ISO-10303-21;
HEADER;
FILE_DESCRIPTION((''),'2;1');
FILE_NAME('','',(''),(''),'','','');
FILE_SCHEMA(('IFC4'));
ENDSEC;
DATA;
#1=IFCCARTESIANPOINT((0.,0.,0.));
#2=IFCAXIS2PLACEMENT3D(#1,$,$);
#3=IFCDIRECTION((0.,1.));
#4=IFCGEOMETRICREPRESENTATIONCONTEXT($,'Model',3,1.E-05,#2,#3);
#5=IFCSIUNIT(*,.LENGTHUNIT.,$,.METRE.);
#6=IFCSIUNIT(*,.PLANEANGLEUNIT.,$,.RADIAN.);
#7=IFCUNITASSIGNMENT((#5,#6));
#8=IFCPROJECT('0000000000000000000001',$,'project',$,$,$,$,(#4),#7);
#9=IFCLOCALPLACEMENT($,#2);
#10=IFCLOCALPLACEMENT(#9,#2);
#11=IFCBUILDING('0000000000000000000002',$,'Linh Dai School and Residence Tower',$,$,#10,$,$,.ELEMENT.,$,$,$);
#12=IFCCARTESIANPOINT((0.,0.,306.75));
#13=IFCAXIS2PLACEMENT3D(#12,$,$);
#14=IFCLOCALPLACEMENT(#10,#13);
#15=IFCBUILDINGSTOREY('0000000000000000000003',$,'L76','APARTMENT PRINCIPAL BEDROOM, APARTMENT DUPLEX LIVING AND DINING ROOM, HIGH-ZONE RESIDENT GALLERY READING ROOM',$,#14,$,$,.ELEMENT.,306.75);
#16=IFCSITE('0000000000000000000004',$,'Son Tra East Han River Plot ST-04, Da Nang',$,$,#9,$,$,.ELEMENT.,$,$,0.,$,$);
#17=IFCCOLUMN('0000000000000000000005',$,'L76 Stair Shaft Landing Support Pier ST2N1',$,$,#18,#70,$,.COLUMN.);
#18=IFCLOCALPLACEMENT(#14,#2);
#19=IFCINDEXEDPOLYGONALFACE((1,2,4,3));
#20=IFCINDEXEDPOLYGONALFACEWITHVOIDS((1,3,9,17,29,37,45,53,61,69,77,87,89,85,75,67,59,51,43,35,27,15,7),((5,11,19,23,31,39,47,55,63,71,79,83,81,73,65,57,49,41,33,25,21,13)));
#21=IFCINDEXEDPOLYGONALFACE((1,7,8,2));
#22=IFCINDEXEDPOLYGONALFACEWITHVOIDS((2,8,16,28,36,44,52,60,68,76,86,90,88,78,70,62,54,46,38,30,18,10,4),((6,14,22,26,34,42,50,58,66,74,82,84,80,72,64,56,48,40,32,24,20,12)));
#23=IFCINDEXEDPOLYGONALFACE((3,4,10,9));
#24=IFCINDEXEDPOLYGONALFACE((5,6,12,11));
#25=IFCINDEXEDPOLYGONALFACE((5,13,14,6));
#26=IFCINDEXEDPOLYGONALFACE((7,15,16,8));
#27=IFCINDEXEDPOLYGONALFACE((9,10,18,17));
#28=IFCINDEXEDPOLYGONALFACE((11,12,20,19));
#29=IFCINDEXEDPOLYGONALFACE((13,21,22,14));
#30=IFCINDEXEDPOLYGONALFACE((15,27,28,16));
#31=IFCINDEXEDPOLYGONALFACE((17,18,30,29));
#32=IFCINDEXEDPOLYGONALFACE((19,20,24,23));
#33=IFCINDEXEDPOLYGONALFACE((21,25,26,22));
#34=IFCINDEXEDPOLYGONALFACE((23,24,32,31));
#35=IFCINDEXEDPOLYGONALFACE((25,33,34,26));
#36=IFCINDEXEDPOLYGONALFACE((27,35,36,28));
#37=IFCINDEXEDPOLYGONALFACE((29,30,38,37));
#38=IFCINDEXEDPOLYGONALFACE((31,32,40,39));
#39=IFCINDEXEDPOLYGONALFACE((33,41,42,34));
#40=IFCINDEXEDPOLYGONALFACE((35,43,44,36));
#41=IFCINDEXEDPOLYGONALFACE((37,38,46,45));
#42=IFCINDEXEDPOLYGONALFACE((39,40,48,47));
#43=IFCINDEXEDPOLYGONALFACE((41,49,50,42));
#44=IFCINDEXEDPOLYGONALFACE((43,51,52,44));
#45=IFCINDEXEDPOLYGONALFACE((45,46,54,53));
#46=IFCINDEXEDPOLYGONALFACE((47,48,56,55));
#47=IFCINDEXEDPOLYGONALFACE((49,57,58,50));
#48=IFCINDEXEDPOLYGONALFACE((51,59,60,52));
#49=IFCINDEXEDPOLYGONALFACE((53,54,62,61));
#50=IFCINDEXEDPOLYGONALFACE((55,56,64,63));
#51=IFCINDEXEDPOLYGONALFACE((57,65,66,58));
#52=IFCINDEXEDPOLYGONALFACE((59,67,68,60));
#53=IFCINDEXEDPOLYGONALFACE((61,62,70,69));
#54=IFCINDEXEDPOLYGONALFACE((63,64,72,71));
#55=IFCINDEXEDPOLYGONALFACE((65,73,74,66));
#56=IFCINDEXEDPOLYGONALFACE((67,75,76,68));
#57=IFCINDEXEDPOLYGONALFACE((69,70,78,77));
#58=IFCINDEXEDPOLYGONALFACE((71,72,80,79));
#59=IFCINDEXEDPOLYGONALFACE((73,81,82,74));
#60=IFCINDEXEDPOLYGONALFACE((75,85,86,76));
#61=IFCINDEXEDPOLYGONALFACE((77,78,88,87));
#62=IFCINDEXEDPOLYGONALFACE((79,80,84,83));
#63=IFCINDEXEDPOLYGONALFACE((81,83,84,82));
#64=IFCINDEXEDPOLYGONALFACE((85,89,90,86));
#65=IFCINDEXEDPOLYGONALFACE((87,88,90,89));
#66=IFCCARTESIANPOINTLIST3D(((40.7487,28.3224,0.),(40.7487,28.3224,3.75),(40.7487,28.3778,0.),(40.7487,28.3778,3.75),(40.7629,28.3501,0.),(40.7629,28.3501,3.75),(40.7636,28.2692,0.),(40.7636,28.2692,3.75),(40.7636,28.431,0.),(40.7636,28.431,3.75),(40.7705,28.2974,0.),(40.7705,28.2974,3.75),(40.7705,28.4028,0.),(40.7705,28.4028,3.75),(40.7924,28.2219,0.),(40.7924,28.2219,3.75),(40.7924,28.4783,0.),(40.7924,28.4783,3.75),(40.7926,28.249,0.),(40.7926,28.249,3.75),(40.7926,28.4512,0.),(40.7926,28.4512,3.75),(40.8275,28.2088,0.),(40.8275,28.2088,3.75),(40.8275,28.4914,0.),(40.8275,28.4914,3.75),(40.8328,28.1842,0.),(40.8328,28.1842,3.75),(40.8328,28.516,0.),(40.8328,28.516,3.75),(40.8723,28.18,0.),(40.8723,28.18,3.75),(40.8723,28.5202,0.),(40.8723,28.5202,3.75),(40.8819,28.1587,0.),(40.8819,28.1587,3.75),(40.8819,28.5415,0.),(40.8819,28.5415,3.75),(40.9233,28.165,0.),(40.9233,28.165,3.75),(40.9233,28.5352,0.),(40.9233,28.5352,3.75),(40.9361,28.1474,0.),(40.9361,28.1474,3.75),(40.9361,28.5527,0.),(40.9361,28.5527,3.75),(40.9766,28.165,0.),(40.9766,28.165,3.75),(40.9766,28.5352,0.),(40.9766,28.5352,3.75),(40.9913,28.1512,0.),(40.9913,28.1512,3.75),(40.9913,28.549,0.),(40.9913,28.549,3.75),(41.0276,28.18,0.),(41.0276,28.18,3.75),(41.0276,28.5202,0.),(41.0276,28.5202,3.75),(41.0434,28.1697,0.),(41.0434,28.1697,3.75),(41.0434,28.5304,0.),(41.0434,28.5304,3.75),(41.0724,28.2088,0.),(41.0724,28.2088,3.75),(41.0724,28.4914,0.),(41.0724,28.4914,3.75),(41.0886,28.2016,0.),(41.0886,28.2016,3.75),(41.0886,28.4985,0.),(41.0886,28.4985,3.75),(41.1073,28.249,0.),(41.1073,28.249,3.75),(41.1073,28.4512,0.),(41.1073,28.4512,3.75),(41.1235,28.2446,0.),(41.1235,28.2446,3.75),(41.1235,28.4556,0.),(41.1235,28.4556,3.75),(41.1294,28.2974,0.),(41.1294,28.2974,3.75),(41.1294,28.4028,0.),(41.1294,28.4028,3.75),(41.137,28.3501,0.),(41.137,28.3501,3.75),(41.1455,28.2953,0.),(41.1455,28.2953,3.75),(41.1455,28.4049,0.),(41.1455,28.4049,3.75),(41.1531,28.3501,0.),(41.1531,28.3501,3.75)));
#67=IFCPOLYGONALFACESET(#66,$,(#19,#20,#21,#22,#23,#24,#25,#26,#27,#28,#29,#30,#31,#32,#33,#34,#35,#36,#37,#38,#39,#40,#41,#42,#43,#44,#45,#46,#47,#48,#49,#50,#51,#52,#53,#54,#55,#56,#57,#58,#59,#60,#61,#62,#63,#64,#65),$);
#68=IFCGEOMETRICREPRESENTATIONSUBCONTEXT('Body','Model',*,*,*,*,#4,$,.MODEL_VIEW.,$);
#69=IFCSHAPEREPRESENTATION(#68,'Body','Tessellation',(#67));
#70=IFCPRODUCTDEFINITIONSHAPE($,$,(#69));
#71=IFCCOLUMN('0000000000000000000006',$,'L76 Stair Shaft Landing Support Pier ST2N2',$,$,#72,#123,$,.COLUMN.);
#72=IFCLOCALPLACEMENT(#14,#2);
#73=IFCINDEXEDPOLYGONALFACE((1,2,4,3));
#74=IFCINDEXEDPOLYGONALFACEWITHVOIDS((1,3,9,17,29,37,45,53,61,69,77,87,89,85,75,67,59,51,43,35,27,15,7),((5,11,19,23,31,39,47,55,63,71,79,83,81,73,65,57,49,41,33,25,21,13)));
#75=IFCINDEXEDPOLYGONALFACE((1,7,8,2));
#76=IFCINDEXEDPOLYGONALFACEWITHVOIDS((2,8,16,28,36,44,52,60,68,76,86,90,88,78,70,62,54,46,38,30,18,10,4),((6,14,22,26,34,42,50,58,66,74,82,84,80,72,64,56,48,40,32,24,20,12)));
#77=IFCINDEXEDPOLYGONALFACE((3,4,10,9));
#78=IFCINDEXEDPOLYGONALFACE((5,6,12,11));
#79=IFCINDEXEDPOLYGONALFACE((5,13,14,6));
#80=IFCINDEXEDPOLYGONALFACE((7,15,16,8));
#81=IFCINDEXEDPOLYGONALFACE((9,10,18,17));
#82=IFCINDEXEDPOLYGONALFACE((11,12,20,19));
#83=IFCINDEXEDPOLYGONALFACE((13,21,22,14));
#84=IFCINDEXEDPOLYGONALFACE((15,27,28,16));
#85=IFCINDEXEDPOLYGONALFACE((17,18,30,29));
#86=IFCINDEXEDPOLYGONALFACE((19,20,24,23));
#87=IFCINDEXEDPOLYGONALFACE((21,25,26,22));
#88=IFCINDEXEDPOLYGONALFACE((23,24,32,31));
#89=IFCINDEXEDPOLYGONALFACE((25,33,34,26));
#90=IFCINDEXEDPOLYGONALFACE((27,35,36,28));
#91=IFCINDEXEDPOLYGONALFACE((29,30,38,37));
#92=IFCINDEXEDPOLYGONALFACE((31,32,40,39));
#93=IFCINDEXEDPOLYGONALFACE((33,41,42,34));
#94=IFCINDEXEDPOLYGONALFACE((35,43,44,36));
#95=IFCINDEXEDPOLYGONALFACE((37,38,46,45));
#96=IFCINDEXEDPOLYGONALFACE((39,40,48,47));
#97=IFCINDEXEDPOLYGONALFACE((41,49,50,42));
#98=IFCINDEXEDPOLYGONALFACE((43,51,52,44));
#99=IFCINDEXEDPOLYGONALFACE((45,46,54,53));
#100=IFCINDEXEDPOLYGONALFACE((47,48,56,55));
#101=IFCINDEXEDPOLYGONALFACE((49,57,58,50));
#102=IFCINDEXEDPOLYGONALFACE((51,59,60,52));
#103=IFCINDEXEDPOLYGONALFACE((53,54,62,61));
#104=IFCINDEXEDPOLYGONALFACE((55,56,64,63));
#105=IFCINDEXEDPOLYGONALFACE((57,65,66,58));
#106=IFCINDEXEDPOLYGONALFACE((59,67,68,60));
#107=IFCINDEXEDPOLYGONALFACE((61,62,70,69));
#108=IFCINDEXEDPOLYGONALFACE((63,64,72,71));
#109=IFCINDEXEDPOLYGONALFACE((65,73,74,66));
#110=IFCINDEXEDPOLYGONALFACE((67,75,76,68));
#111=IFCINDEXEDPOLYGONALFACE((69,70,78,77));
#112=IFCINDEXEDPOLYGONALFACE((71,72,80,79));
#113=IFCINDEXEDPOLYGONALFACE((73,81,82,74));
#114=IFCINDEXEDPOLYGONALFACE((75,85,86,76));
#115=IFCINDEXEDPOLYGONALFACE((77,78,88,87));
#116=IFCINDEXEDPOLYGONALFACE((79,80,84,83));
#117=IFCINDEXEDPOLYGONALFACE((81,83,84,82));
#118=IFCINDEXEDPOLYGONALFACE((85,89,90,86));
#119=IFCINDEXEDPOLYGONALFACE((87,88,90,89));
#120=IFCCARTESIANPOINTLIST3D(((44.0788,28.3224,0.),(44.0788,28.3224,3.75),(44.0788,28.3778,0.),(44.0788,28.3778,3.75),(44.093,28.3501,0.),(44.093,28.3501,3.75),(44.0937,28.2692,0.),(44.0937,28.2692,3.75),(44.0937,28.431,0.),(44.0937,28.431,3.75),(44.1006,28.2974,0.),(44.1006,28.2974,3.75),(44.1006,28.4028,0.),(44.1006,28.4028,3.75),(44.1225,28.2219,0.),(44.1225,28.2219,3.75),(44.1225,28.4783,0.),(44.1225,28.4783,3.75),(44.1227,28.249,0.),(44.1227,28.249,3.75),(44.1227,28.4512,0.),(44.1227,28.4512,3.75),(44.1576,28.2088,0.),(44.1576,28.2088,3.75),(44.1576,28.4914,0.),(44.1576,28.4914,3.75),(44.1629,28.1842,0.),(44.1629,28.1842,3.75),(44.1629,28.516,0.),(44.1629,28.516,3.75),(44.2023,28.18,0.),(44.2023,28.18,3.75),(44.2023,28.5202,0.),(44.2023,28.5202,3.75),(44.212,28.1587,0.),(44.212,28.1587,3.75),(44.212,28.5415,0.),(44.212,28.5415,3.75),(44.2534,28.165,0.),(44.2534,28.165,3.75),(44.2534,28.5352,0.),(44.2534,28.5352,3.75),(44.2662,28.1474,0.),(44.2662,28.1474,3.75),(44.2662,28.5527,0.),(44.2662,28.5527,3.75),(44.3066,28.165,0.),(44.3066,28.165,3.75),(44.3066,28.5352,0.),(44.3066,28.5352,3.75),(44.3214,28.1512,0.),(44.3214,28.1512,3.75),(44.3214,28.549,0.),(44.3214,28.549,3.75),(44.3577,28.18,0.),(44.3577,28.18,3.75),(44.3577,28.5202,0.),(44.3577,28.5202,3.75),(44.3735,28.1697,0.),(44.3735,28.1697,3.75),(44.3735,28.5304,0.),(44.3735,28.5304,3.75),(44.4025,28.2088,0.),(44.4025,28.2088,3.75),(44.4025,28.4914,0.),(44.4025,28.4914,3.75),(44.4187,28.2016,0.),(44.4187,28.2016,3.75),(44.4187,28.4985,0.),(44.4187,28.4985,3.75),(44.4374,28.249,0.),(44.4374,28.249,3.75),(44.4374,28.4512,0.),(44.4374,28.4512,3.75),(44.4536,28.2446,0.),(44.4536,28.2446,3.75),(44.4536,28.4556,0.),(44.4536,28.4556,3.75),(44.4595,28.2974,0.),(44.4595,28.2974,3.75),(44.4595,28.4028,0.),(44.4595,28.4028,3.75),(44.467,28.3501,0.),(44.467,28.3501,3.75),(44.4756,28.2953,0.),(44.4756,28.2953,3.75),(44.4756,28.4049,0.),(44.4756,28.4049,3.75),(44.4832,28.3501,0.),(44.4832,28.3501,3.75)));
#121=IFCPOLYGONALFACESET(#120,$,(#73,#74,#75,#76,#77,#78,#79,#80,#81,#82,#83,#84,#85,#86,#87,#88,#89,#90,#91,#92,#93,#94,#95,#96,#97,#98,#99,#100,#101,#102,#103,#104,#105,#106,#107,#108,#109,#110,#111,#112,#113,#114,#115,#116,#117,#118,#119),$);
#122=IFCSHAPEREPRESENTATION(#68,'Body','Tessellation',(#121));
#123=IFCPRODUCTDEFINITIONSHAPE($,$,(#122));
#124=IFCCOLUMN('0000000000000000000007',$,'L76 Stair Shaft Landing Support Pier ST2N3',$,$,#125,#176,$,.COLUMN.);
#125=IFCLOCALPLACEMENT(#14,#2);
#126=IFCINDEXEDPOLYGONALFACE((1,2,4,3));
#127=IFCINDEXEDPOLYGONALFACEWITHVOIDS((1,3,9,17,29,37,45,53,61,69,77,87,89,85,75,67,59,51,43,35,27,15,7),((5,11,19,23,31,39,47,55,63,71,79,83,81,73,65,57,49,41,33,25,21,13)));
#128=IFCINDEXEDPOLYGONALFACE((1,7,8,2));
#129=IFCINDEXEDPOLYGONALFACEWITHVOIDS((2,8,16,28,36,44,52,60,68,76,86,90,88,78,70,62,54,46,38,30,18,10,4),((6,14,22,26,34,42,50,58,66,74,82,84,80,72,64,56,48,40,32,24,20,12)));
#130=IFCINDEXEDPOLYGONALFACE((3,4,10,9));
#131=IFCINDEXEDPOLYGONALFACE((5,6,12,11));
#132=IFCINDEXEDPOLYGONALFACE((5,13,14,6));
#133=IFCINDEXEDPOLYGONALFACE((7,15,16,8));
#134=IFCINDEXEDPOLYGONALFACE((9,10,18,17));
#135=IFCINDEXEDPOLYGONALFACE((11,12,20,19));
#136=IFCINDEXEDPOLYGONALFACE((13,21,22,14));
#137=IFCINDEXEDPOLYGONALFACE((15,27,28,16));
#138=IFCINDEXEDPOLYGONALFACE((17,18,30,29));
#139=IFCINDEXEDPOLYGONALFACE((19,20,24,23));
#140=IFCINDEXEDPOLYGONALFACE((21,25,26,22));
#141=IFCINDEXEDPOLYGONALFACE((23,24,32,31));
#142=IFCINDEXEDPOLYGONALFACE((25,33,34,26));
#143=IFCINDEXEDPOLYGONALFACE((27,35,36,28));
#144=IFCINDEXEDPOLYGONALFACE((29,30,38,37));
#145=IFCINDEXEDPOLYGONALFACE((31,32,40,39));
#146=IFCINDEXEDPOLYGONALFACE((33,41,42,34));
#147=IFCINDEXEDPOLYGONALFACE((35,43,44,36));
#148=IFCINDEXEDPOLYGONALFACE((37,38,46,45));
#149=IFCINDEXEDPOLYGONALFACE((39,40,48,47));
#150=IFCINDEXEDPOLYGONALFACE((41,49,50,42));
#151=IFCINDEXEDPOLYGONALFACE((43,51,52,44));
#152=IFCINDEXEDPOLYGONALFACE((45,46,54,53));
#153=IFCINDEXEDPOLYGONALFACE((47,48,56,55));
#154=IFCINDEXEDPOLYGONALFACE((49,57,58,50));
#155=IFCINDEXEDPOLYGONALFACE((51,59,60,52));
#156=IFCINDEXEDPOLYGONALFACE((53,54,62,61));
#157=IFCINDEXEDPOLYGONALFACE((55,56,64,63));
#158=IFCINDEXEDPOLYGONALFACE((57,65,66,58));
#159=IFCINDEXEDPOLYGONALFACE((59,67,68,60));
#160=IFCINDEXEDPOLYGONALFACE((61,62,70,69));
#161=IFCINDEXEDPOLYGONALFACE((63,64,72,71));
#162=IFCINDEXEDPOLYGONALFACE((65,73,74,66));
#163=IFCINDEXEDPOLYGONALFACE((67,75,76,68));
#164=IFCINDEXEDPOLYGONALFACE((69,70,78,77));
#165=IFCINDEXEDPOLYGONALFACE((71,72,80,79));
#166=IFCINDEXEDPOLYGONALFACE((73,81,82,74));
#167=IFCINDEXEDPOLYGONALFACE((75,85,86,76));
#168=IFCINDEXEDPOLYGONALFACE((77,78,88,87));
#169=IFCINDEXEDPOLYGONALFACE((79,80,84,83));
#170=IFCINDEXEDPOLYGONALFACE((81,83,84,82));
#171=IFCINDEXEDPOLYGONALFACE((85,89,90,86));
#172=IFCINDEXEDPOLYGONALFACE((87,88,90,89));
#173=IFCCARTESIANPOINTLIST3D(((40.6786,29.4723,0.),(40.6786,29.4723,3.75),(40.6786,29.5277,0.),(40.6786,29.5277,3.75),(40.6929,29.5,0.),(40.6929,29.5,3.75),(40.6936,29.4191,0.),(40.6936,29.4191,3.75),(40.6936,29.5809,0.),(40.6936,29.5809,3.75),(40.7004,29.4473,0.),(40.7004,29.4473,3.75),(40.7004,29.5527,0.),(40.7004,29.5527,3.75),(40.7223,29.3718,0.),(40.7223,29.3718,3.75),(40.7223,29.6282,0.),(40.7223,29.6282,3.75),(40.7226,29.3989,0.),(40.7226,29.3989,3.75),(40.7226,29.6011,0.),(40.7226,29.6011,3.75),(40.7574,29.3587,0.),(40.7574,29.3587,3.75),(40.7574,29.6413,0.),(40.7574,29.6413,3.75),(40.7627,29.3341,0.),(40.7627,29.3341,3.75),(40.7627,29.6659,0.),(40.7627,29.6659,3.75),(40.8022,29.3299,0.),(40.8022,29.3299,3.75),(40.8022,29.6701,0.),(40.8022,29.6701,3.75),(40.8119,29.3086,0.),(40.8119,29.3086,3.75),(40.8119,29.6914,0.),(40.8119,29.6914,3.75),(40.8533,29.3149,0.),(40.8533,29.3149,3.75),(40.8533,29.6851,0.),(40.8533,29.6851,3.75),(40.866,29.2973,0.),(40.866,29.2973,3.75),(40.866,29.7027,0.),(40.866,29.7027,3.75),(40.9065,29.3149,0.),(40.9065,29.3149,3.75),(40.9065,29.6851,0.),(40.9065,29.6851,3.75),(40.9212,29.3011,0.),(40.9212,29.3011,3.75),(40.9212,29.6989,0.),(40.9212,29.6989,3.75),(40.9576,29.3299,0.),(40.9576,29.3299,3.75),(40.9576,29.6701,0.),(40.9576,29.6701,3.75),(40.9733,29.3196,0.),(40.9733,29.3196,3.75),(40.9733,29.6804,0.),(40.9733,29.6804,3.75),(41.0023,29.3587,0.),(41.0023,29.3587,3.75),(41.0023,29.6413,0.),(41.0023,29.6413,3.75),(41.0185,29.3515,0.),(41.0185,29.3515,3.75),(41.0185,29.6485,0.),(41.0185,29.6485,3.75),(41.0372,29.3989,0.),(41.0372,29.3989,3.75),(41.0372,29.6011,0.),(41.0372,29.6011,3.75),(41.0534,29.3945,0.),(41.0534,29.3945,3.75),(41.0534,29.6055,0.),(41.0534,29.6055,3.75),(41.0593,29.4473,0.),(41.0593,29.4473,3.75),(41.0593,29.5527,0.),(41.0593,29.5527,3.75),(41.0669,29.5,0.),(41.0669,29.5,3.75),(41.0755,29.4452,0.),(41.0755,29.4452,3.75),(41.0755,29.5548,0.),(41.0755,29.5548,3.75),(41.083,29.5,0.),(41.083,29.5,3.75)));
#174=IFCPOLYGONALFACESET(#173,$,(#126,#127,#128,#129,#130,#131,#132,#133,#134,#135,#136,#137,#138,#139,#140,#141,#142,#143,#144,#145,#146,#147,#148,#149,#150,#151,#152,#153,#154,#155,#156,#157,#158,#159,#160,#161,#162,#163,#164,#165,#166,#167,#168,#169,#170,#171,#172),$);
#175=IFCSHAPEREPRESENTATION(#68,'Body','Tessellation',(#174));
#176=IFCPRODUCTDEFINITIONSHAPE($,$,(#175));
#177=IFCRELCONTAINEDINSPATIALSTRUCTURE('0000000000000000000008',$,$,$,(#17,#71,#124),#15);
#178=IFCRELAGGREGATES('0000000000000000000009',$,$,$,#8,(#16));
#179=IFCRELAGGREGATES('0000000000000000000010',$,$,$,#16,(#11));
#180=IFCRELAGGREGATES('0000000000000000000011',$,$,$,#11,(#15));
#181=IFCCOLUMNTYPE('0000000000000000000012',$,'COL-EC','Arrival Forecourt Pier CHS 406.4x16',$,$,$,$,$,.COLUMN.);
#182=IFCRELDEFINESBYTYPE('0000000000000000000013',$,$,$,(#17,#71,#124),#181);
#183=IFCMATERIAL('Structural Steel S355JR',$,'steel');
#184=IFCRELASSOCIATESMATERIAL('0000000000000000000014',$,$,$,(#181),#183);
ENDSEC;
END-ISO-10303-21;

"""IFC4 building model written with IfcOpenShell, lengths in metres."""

from ifc_helpers import new_model, si_unit, direction, frame, origin, origin_2d, place, context, subcontext, project, spatial, hollow_circle, extrude, material, material_profile, profile_set, type_object, element, save


model = new_model("IFC4")

# Units and contexts
model_context = context("Model", 3, precision=1e-05, world=origin(), true_north=direction((0.0, 1.0)))
body_context = subcontext(model_context, "Body", "Model", "MODEL_VIEW")
ifc_project = project(units=[si_unit("LENGTHUNIT", "METRE"), si_unit("PLANEANGLEUNIT", "RADIAN")], contexts=[model_context])

# Site, building, storey
site_placement = place(None, origin())
site = spatial("IfcSite", under=ifc_project, at=site_placement, Name="Son Tra East Han River Plot ST-04, Da Nang", CompositionType="ELEMENT", RefElevation=0.0)
building_placement = place(site_placement, origin())
building = spatial("IfcBuilding", under=site, at=building_placement, Name="Linh Dai School and Residence Tower", CompositionType="ELEMENT")
storey_placement = place(building_placement, frame((0.0, 0.0, 306.75)))
storey = spatial("IfcBuildingStorey", under=building, at=storey_placement, Name="L76", Description="APARTMENT PRINCIPAL BEDROOM, APARTMENT DUPLEX LIVING AND DINING ROOM, HIGH-ZONE RESIDENT GALLERY READING ROOM", CompositionType="ELEMENT", Elevation=306.75)

# Columns
ifc_material_1 = material(Name="Structural Steel S355JR", Category="steel")
ifc_material_profile_1 = material_profile(ifc_material_1, hollow_circle(Radius=0.2031, WallThickness=0.0161, at=origin_2d()), Name="CHS 406.4x16")
ifc_profile_set_1 = profile_set([ifc_material_profile_1], Name="Structural Steel S355JR")
column_type_1 = type_object("IfcColumnType", Name="COL-EC", Description="Arrival Forecourt Pier CHS 406.4x16", PredefinedType="COLUMN", material=ifc_profile_set_1)
for number, where, z_axis, x_axis, name in (
    (1, (40.95, 28.3501, 0.0), (0.0, 0.0, 1.0), (1.0, 0.0, 0.0), "L76 Stair Shaft Landing Support Pier ST2N1"),
    (2, (44.28, 28.3501, 0.0), (0.0, 0.0, 1.0), (1.0, 0.0, 0.0), "L76 Stair Shaft Landing Support Pier ST2N2"),
    (3, (40.8799, 29.5, 0.0), (0.0, 0.0, 1.0), (1.0, 0.0, 0.0), "L76 Stair Shaft Landing Support Pier ST2N3"),
):
    element("IfcColumn", number, at=place(storey_placement, frame(where, z_axis=z_axis, x_axis=x_axis)), inside=storey, type_object=column_type_1, Name=name, PredefinedType="COLUMN", context=body_context, shape_type="SweptSolid", body=[
        extrude(hollow_circle(Radius=0.2031, WallThickness=0.0161, at=origin_2d()), origin(), (0.0, 0.0, 1.0), 3.75),
    ])

save(model, "model.ifc")
